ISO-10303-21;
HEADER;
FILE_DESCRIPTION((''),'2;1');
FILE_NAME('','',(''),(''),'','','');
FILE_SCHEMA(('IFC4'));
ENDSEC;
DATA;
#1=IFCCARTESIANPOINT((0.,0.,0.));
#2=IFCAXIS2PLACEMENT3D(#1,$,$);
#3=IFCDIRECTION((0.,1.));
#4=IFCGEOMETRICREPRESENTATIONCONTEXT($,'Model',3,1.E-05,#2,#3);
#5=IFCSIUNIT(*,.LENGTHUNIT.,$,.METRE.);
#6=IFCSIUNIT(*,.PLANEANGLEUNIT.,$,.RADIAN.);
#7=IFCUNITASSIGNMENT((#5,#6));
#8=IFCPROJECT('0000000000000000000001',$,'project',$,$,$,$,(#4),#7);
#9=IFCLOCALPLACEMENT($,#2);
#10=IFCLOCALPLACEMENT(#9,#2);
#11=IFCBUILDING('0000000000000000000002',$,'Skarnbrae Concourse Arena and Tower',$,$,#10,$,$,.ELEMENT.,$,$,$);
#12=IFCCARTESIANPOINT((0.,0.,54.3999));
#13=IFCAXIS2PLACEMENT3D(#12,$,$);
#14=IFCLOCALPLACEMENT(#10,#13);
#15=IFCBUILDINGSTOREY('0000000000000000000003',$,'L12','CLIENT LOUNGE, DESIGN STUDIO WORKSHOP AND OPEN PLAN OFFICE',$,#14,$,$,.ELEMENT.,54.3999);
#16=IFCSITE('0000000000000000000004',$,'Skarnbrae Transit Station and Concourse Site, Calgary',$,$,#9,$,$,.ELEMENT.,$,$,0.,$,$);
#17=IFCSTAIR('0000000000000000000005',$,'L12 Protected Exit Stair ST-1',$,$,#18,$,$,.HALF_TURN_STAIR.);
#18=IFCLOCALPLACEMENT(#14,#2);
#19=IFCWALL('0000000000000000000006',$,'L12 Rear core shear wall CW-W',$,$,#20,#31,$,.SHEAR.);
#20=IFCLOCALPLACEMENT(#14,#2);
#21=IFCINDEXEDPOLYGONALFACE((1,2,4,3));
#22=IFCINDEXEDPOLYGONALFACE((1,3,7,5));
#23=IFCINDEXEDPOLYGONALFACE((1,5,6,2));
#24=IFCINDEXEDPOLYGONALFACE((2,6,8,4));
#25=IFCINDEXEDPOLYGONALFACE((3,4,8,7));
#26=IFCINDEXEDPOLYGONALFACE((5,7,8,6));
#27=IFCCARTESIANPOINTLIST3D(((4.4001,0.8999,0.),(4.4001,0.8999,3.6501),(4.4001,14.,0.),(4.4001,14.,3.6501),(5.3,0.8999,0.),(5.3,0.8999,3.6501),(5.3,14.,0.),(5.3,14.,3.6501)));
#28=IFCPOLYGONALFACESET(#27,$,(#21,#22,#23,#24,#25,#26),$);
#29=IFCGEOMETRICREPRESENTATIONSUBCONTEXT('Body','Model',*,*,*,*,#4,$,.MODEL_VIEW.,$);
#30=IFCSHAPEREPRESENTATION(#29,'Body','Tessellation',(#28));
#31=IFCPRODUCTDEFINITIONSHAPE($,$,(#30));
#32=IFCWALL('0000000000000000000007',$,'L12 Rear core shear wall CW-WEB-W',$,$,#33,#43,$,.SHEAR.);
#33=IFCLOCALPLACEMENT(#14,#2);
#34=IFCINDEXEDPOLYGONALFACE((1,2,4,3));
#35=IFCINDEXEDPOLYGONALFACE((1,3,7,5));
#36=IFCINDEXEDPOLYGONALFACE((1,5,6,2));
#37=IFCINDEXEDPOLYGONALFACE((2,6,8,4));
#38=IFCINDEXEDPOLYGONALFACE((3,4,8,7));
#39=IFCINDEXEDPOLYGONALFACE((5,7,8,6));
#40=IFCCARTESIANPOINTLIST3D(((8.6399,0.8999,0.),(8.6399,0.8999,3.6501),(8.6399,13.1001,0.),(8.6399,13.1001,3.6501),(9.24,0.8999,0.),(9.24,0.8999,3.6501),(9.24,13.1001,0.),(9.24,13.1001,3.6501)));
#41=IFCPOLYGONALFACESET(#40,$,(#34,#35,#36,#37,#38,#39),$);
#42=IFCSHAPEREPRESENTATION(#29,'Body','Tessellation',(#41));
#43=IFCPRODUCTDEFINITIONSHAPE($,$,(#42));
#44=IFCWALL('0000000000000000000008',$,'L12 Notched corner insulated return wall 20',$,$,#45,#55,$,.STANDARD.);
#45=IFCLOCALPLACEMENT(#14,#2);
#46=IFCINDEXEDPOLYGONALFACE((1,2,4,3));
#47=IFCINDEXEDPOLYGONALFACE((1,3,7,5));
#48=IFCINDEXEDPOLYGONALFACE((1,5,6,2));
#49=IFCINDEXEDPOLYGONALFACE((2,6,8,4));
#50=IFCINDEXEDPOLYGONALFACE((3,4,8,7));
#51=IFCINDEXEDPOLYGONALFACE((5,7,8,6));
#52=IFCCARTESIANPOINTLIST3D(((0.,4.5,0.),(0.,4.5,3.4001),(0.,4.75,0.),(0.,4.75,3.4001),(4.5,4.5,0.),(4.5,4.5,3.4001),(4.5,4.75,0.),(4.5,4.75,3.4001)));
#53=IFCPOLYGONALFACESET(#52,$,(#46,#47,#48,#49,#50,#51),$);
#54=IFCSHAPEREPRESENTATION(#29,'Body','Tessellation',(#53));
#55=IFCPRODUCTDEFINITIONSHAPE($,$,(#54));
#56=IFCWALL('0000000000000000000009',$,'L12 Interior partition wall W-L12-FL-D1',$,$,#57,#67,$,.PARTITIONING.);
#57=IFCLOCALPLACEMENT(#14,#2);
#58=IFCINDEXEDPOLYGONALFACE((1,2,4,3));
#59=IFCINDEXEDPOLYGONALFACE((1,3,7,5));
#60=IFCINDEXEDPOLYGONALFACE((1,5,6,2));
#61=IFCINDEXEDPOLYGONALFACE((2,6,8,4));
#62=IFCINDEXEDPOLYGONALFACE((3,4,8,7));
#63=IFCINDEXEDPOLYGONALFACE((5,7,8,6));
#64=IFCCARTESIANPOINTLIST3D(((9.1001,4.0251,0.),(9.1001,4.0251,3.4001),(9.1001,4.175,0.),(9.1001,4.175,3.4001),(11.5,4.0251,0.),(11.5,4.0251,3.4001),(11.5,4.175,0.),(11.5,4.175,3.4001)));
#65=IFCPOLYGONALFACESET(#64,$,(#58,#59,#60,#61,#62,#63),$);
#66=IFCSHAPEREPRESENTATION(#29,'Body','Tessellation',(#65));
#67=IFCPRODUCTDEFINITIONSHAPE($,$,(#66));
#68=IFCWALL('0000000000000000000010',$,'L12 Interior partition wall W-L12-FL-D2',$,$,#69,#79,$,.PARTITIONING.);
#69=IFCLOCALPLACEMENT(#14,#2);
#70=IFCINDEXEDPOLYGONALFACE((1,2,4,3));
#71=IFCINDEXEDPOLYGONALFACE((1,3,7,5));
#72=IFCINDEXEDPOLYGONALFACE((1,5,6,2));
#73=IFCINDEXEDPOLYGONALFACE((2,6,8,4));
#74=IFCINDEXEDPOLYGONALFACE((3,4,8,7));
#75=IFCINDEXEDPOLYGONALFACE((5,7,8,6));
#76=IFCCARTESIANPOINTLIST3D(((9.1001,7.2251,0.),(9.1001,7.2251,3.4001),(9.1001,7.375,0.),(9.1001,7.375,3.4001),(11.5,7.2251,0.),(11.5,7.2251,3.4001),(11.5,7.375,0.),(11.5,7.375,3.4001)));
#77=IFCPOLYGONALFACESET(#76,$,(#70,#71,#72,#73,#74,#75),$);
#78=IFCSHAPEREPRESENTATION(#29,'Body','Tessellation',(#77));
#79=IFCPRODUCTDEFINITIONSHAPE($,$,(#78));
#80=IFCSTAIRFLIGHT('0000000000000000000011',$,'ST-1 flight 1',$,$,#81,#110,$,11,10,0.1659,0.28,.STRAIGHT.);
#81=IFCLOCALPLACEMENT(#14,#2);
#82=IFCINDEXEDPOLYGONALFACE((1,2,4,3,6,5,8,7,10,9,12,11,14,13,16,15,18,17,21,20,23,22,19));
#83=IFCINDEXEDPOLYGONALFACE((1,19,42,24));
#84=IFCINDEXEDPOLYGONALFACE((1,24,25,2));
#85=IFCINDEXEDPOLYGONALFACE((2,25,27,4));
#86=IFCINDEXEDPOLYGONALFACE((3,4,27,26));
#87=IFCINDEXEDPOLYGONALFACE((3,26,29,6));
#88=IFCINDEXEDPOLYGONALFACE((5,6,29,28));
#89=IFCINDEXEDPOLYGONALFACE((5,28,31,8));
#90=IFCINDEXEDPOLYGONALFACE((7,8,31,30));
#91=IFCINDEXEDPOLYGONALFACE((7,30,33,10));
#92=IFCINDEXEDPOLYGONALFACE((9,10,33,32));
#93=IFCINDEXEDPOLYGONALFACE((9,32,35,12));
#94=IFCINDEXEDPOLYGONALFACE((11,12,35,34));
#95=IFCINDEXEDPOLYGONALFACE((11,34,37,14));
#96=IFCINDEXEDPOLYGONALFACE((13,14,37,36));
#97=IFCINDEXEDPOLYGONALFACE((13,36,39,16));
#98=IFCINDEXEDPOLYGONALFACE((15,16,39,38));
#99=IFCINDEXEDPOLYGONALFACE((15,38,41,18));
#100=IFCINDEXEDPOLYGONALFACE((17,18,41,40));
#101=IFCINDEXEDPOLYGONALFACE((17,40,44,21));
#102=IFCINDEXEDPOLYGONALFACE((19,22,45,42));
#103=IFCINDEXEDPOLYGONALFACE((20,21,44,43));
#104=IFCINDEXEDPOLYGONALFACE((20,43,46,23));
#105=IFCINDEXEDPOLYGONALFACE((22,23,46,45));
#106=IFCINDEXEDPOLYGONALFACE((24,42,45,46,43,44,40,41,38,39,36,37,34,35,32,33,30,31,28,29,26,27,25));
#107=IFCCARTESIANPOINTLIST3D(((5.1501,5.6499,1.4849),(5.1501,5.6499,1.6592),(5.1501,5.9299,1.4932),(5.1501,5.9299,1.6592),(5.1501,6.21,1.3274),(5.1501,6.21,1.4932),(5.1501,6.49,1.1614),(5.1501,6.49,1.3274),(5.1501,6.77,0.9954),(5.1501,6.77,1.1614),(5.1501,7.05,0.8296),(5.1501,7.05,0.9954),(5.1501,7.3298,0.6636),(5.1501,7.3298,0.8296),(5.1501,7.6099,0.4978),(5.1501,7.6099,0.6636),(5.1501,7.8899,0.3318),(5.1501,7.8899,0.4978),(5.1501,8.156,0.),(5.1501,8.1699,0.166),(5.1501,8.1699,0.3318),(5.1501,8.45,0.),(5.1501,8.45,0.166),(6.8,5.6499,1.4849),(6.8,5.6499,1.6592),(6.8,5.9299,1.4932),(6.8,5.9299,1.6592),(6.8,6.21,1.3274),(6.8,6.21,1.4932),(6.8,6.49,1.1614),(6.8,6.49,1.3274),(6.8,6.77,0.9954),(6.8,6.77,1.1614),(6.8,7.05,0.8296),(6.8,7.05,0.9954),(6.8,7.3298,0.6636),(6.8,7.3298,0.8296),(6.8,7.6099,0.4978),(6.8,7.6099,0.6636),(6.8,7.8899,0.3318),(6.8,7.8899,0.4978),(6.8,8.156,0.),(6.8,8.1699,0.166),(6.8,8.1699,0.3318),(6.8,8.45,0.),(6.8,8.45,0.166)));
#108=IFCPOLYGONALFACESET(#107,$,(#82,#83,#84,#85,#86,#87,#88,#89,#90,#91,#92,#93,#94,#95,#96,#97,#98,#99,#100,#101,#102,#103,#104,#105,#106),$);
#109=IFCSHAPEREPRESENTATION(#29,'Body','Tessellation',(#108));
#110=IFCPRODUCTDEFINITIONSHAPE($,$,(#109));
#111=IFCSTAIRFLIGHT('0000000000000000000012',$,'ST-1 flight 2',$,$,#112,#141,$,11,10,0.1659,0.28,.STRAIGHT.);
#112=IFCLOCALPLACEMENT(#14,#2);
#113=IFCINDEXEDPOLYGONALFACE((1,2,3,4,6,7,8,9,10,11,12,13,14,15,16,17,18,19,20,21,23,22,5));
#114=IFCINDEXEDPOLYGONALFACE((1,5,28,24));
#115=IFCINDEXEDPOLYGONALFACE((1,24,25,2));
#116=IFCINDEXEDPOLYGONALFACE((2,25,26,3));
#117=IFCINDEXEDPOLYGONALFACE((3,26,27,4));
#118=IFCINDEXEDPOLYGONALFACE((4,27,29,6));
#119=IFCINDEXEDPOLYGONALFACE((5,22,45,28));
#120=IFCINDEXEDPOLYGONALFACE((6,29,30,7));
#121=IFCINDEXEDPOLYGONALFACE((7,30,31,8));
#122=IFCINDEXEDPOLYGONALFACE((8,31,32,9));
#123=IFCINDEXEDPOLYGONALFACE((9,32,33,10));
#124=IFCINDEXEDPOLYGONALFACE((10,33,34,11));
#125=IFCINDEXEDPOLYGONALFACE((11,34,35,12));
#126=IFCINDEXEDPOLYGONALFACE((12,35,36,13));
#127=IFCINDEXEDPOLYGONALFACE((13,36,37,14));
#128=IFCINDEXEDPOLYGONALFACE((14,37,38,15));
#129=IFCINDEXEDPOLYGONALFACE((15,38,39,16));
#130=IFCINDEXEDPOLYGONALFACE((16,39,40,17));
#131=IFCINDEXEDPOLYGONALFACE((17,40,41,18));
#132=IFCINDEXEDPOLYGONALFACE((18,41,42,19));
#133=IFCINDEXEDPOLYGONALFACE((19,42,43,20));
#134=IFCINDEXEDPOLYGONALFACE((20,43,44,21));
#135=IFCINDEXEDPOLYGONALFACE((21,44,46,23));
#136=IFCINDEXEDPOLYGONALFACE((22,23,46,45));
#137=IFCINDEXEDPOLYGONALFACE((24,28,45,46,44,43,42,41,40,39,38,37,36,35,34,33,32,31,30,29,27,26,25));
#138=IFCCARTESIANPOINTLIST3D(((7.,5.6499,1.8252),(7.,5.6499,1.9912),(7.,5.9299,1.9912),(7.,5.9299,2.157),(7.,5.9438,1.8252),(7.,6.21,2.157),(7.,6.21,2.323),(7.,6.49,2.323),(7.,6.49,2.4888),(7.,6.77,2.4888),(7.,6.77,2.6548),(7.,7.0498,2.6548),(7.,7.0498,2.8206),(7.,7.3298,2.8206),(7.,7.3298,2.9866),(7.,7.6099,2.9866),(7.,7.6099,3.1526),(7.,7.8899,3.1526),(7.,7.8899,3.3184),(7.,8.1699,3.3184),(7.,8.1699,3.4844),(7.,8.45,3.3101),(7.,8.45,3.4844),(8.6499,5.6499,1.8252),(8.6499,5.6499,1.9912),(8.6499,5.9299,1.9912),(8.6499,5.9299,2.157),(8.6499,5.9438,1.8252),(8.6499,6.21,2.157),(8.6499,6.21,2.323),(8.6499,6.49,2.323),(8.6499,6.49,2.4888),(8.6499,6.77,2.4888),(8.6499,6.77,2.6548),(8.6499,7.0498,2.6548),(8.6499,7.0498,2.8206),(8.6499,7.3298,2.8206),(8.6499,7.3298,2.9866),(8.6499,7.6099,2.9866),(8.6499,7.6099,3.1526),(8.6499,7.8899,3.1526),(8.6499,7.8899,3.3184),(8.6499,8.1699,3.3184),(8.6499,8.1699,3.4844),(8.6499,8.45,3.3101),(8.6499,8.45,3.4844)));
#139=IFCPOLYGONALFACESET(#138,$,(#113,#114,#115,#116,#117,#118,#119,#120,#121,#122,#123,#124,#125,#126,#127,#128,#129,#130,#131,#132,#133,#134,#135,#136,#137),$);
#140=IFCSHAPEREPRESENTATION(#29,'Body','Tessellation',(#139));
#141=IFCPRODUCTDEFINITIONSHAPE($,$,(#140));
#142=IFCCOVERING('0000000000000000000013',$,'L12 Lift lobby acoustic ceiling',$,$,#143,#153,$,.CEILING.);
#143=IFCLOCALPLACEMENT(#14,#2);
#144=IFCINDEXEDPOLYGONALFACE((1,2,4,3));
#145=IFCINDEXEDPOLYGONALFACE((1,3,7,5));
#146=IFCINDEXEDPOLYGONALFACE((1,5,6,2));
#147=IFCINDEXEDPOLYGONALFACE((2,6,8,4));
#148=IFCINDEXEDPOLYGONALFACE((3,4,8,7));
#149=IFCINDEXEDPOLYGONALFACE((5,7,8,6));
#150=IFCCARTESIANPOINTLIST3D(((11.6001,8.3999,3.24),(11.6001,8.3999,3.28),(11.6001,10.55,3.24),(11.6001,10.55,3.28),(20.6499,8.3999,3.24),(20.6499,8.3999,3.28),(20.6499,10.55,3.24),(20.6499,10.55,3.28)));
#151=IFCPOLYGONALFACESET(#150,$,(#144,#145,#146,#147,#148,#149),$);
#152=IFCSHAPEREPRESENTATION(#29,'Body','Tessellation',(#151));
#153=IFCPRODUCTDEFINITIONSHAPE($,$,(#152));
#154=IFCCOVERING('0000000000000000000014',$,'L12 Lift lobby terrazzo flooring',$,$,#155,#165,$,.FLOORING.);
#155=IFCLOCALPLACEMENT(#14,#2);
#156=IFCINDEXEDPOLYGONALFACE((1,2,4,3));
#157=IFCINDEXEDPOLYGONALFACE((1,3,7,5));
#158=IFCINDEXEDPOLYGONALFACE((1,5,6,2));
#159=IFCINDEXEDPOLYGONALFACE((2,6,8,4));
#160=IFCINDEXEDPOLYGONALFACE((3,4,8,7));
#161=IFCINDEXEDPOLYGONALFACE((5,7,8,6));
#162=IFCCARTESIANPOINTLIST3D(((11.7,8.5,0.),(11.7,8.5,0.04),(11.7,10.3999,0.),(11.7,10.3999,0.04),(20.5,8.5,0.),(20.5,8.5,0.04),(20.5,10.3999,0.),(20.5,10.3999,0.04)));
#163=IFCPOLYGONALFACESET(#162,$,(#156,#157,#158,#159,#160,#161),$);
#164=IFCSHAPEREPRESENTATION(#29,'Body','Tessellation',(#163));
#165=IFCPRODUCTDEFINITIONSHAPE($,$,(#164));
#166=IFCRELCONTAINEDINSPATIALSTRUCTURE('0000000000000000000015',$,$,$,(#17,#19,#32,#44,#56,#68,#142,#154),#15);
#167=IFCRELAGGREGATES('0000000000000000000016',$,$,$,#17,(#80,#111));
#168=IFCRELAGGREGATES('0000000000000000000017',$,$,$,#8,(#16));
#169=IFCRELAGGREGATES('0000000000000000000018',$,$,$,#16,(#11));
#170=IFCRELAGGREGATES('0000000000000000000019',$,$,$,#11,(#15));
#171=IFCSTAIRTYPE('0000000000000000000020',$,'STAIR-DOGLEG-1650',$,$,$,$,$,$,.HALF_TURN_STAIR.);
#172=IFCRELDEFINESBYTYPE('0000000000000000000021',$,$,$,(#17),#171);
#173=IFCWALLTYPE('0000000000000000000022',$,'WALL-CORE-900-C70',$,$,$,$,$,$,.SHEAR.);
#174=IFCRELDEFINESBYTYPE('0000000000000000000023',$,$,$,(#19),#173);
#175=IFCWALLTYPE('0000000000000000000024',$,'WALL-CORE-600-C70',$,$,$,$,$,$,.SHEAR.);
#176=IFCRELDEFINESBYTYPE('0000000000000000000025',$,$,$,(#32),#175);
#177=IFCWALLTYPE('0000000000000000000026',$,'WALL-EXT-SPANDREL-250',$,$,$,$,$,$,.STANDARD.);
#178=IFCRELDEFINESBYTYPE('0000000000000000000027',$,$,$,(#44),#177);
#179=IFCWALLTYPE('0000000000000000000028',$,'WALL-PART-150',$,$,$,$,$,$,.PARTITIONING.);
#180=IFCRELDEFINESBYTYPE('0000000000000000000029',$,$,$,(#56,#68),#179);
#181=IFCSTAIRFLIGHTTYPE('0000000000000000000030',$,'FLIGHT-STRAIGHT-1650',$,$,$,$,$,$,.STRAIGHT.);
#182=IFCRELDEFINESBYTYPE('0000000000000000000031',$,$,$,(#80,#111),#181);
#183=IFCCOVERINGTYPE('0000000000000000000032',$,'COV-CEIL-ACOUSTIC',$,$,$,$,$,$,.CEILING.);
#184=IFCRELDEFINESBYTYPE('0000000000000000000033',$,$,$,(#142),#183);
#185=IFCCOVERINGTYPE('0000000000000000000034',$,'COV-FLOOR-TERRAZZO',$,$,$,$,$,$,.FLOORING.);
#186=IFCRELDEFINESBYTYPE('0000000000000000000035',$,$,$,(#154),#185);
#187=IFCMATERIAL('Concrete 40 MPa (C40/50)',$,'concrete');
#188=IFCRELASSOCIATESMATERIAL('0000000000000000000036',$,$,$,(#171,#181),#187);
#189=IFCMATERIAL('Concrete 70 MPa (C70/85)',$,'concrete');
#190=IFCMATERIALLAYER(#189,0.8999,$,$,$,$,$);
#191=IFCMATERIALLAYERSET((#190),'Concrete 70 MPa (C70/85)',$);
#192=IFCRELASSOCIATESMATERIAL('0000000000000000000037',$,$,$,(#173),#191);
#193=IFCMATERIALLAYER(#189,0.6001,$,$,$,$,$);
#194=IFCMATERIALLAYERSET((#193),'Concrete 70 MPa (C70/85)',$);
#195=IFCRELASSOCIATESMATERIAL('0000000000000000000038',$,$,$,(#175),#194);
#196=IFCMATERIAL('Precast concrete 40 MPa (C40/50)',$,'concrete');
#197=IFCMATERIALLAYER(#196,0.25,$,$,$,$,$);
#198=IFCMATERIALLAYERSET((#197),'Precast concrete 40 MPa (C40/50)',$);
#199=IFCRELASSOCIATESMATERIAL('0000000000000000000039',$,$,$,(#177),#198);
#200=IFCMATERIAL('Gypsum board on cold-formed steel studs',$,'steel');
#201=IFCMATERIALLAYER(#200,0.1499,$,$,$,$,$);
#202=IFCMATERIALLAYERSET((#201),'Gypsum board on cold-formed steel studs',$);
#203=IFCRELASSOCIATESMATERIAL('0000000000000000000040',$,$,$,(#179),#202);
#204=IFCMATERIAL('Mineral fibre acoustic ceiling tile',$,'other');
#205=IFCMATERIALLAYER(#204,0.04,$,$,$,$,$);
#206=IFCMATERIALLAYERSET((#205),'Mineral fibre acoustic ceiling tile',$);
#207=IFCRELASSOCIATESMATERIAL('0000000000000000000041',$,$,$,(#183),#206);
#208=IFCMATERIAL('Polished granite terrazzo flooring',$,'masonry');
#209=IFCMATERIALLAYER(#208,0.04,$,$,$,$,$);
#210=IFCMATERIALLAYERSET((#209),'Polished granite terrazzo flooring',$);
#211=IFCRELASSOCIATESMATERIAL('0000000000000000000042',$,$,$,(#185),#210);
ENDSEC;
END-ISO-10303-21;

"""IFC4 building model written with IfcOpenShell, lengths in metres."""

from ifc_helpers import new_model, si_unit, direction, frame, frame_2d, origin, place, context, subcontext, project, spatial, polyline, rectangle, outline, extrude, source, transform, mapped, material, layer, layer_set, type_object, element, aggregate, save


model = new_model("IFC4")

# Units and contexts
model_context = context("Model", 3, precision=1e-05, world=origin(), true_north=direction((0.0, 1.0)))
body_context = subcontext(model_context, "Body", "Model", "MODEL_VIEW")
ifc_project = project(units=[si_unit("LENGTHUNIT", "METRE"), si_unit("PLANEANGLEUNIT", "RADIAN")], contexts=[model_context])

# Site, building, storey
site_placement = place(None, origin())
site = spatial("IfcSite", under=ifc_project, at=site_placement, Name="Skarnbrae Transit Station and Concourse Site, Calgary", CompositionType="ELEMENT", RefElevation=0.0)
building_placement = place(site_placement, origin())
building = spatial("IfcBuilding", under=site, at=building_placement, Name="Skarnbrae Concourse Arena and Tower", CompositionType="ELEMENT")
storey_placement = place(building_placement, frame((0.0, 0.0, 54.3999)))
storey = spatial("IfcBuildingStorey", under=building, at=storey_placement, Name="L12", Description="CLIENT LOUNGE, DESIGN STUDIO WORKSHOP AND OPEN PLAN OFFICE", CompositionType="ELEMENT", Elevation=54.3999)

# Stair
ifc_material_1 = material(Name="Concrete 40 MPa (C40/50)", Category="concrete")
stair_type = type_object("IfcStairType", Name="STAIR-DOGLEG-1650", PredefinedType="HALF_TURN_STAIR", material=ifc_material_1)
stair_1_placement = place(storey_placement, origin())
stair_1 = element("IfcStair", 1, at=stair_1_placement, inside=storey, type_object=stair_type, Name="L12 Protected Exit Stair ST-1", PredefinedType="HALF_TURN_STAIR")

# Walls
ifc_material_2 = material(Name="Concrete 70 MPa (C70/85)", Category="concrete")
ifc_layer_1 = layer(ifc_material_2, 0.8999)
ifc_layer_set_1 = layer_set([ifc_layer_1], Name="Concrete 70 MPa (C70/85)")
wall_type_1 = type_object("IfcWallType", Name="WALL-CORE-900-C70", PredefinedType="SHEAR", material=ifc_layer_set_1)
shared_shape_1 = source(origin(), body_context, "Body", "SweptSolid", [
    extrude(rectangle(XDim=13.1001, YDim=0.8999, at=frame_2d((6.55, 0.0))), origin(), (0.0, 0.0, 1.0), 3.6501),
])
wall_1_placement = place(storey_placement, frame((4.8501, 0.8999, 0.0), z_axis=(0.0, 0.0, 1.0), x_axis=(0.0, 1.0, 0.0)))
element("IfcWall", 2, at=wall_1_placement, inside=storey, type_object=wall_type_1, Name="L12 Rear core shear wall CW-W", PredefinedType="SHEAR", context=body_context, shape_type="MappedRepresentation", body=[
    mapped(shared_shape_1, transform((0.0, 0.0, 0.0))),
])
ifc_layer_2 = layer(ifc_material_2, 0.6001)
ifc_layer_set_2 = layer_set([ifc_layer_2], Name="Concrete 70 MPa (C70/85)")
wall_type_2 = type_object("IfcWallType", Name="WALL-CORE-600-C70", PredefinedType="SHEAR", material=ifc_layer_set_2)
shared_shape_2 = source(origin(), body_context, "Body", "SweptSolid", [
    extrude(rectangle(XDim=12.2002, YDim=0.6001, at=frame_2d((6.1001, 0.0))), origin(), (0.0, 0.0, 1.0), 3.6501),
])
wall_2_placement = place(storey_placement, frame((8.9399, 0.8999, 0.0), z_axis=(0.0, 0.0, 1.0), x_axis=(0.0, 1.0, 0.0)))
element("IfcWall", 3, at=wall_2_placement, inside=storey, type_object=wall_type_2, Name="L12 Rear core shear wall CW-WEB-W", PredefinedType="SHEAR", context=body_context, shape_type="MappedRepresentation", body=[
    mapped(shared_shape_2, transform((0.0, 0.0, 0.0))),
])
ifc_material_3 = material(Name="Precast concrete 40 MPa (C40/50)", Category="concrete")
ifc_layer_3 = layer(ifc_material_3, 0.25)
ifc_layer_set_3 = layer_set([ifc_layer_3], Name="Precast concrete 40 MPa (C40/50)")
wall_type_3 = type_object("IfcWallType", Name="WALL-EXT-SPANDREL-250", PredefinedType="STANDARD", material=ifc_layer_set_3)
shared_shape_3 = source(origin(), body_context, "Body", "SweptSolid", [
    extrude(rectangle(XDim=4.5, YDim=0.25, at=frame_2d((2.25, 0.0))), origin(), (0.0, 0.0, 1.0), 3.4001),
])
wall_3_placement = place(storey_placement, frame((0.0, 4.625, 0.0), z_axis=(0.0, 0.0, 1.0), x_axis=(1.0, 0.0, 0.0)))
element("IfcWall", 4, at=wall_3_placement, inside=storey, type_object=wall_type_3, Name="L12 Notched corner insulated return wall 20", PredefinedType="STANDARD", context=body_context, shape_type="MappedRepresentation", body=[
    mapped(shared_shape_3, transform((0.0, 0.0, 0.0))),
])
ifc_material_4 = material(Name="Gypsum board on cold-formed steel studs", Category="steel")
ifc_layer_4 = layer(ifc_material_4, 0.1499)
ifc_layer_set_4 = layer_set([ifc_layer_4], Name="Gypsum board on cold-formed steel studs")
wall_type_4 = type_object("IfcWallType", Name="WALL-PART-150", PredefinedType="PARTITIONING", material=ifc_layer_set_4)
shared_shape_4 = source(origin(), body_context, "Body", "SweptSolid", [
    extrude(rectangle(XDim=2.3999, YDim=0.1499, at=frame_2d((1.2, 0.0))), origin(), (0.0, 0.0, 1.0), 3.4001),
])
for number, where, z_axis, x_axis, name in (
    (5, (9.1001, 4.1001, 0.0), (0.0, 0.0, 1.0), (1.0, 0.0, 0.0), "L12 Interior partition wall W-L12-FL-D1"),
    (6, (9.1001, 7.3, 0.0), (0.0, 0.0, 1.0), (1.0, 0.0, 0.0), "L12 Interior partition wall W-L12-FL-D2"),
):
    element("IfcWall", number, at=place(storey_placement, frame(where, z_axis=z_axis, x_axis=x_axis)), inside=storey, type_object=wall_type_4, Name=name, PredefinedType="PARTITIONING", context=body_context, shape_type="MappedRepresentation", body=[
        mapped(shared_shape_4, transform((0.0, 0.0, 0.0))),
    ])

# Stair flights
stair_flight_type = type_object("IfcStairFlightType", Name="FLIGHT-STRAIGHT-1650", PredefinedType="STRAIGHT", material=ifc_material_1)
shared_shape_5 = source(origin(), body_context, "Body", "SweptSolid", [
    extrude(outline(polyline([(0.0, 0.0), (0.0, 0.166), (0.28, 0.166), (0.28, 0.3318), (0.5601, 0.3318), (0.5601, 0.4978), (0.8401, 0.4978), (0.8401, 0.6636), (1.1201, 0.6636), (1.1201, 0.8296), (1.3999, 0.8296), (1.3999, 0.9954), (1.6799, 0.9954), (1.6799, 1.1614), (1.96, 1.1614), (1.96, 1.3274), (2.24, 1.3274), (2.24, 1.4932), (2.52, 1.4932), (2.52, 1.6592), (2.8, 1.6592), (2.8, 1.825), (2.8, 1.4849), (0.2939, 0.0), (0.0, 0.0)])), frame((0.0, 0.825, 0.0), z_axis=(0.0, -1.0, 0.0), x_axis=(1.0, 0.0, 0.0)), (0.0, 0.0, 1.0), 1.6499),
])
stair_flight_1_placement = place(storey_placement, frame((5.9751, 8.45, 0.0), z_axis=(0.0, 0.0, 1.0), x_axis=(0.0, -1.0, 0.0)))
stair_flight_1 = element("IfcStairFlight", 7, at=stair_flight_1_placement, type_object=stair_flight_type, Name="ST-1 flight 1", NumberOfRisers=11, NumberOfTreads=10, PredefinedType="STRAIGHT", RiserHeight=0.1659, TreadLength=0.28, context=body_context, shape_type="MappedRepresentation", body=[
    mapped(shared_shape_5, transform((0.0, 0.0, 0.0))),
])
stair_flight_2_placement = place(storey_placement, frame((7.825, 5.6499, 1.8252), z_axis=(0.0, 0.0, 1.0), x_axis=(0.0, 1.0, 0.0)))
stair_flight_2 = element("IfcStairFlight", 8, at=stair_flight_2_placement, type_object=stair_flight_type, Name="ST-1 flight 2", NumberOfRisers=11, NumberOfTreads=10, PredefinedType="STRAIGHT", RiserHeight=0.1659, TreadLength=0.28, context=body_context, shape_type="MappedRepresentation", body=[
    mapped(shared_shape_5, transform((0.0, 0.0, 0.0))),
])
aggregate(stair_1, [stair_flight_1, stair_flight_2])

# Coverings
ifc_material_5 = material(Name="Mineral fibre acoustic ceiling tile", Category="other")
ifc_layer_5 = layer(ifc_material_5, 0.04)
ifc_layer_set_5 = layer_set([ifc_layer_5], Name="Mineral fibre acoustic ceiling tile")
covering_type_1 = type_object("IfcCoveringType", Name="COV-CEIL-ACOUSTIC", PredefinedType="CEILING", material=ifc_layer_set_5)
covering_1_placement = place(storey_placement, frame((0.0, 0.0, 3.24)))
element("IfcCovering", 9, at=covering_1_placement, inside=storey, type_object=covering_type_1, Name="L12 Lift lobby acoustic ceiling", PredefinedType="CEILING", context=body_context, shape_type="SweptSolid", body=[
    extrude(outline(polyline([(11.6001, 8.3999), (20.6499, 8.3999), (20.6499, 10.55), (11.6001, 10.55), (11.6001, 8.3999)])), origin(), (0.0, 0.0, 1.0), 0.04),
])
ifc_material_6 = material(Name="Polished granite terrazzo flooring", Category="masonry")
ifc_layer_6 = layer(ifc_material_6, 0.04)
ifc_layer_set_6 = layer_set([ifc_layer_6], Name="Polished granite terrazzo flooring")
covering_type_2 = type_object("IfcCoveringType", Name="COV-FLOOR-TERRAZZO", PredefinedType="FLOORING", material=ifc_layer_set_6)
covering_2_placement = place(storey_placement, origin())
element("IfcCovering", 10, at=covering_2_placement, inside=storey, type_object=covering_type_2, Name="L12 Lift lobby terrazzo flooring", PredefinedType="FLOORING", context=body_context, shape_type="SweptSolid", body=[
    extrude(outline(polyline([(11.7, 8.5), (20.5, 8.5), (20.5, 10.3999), (11.7, 10.3999), (11.7, 8.5)])), origin(), (0.0, 0.0, 1.0), 0.04),
])

save(model, "model.ifc")
